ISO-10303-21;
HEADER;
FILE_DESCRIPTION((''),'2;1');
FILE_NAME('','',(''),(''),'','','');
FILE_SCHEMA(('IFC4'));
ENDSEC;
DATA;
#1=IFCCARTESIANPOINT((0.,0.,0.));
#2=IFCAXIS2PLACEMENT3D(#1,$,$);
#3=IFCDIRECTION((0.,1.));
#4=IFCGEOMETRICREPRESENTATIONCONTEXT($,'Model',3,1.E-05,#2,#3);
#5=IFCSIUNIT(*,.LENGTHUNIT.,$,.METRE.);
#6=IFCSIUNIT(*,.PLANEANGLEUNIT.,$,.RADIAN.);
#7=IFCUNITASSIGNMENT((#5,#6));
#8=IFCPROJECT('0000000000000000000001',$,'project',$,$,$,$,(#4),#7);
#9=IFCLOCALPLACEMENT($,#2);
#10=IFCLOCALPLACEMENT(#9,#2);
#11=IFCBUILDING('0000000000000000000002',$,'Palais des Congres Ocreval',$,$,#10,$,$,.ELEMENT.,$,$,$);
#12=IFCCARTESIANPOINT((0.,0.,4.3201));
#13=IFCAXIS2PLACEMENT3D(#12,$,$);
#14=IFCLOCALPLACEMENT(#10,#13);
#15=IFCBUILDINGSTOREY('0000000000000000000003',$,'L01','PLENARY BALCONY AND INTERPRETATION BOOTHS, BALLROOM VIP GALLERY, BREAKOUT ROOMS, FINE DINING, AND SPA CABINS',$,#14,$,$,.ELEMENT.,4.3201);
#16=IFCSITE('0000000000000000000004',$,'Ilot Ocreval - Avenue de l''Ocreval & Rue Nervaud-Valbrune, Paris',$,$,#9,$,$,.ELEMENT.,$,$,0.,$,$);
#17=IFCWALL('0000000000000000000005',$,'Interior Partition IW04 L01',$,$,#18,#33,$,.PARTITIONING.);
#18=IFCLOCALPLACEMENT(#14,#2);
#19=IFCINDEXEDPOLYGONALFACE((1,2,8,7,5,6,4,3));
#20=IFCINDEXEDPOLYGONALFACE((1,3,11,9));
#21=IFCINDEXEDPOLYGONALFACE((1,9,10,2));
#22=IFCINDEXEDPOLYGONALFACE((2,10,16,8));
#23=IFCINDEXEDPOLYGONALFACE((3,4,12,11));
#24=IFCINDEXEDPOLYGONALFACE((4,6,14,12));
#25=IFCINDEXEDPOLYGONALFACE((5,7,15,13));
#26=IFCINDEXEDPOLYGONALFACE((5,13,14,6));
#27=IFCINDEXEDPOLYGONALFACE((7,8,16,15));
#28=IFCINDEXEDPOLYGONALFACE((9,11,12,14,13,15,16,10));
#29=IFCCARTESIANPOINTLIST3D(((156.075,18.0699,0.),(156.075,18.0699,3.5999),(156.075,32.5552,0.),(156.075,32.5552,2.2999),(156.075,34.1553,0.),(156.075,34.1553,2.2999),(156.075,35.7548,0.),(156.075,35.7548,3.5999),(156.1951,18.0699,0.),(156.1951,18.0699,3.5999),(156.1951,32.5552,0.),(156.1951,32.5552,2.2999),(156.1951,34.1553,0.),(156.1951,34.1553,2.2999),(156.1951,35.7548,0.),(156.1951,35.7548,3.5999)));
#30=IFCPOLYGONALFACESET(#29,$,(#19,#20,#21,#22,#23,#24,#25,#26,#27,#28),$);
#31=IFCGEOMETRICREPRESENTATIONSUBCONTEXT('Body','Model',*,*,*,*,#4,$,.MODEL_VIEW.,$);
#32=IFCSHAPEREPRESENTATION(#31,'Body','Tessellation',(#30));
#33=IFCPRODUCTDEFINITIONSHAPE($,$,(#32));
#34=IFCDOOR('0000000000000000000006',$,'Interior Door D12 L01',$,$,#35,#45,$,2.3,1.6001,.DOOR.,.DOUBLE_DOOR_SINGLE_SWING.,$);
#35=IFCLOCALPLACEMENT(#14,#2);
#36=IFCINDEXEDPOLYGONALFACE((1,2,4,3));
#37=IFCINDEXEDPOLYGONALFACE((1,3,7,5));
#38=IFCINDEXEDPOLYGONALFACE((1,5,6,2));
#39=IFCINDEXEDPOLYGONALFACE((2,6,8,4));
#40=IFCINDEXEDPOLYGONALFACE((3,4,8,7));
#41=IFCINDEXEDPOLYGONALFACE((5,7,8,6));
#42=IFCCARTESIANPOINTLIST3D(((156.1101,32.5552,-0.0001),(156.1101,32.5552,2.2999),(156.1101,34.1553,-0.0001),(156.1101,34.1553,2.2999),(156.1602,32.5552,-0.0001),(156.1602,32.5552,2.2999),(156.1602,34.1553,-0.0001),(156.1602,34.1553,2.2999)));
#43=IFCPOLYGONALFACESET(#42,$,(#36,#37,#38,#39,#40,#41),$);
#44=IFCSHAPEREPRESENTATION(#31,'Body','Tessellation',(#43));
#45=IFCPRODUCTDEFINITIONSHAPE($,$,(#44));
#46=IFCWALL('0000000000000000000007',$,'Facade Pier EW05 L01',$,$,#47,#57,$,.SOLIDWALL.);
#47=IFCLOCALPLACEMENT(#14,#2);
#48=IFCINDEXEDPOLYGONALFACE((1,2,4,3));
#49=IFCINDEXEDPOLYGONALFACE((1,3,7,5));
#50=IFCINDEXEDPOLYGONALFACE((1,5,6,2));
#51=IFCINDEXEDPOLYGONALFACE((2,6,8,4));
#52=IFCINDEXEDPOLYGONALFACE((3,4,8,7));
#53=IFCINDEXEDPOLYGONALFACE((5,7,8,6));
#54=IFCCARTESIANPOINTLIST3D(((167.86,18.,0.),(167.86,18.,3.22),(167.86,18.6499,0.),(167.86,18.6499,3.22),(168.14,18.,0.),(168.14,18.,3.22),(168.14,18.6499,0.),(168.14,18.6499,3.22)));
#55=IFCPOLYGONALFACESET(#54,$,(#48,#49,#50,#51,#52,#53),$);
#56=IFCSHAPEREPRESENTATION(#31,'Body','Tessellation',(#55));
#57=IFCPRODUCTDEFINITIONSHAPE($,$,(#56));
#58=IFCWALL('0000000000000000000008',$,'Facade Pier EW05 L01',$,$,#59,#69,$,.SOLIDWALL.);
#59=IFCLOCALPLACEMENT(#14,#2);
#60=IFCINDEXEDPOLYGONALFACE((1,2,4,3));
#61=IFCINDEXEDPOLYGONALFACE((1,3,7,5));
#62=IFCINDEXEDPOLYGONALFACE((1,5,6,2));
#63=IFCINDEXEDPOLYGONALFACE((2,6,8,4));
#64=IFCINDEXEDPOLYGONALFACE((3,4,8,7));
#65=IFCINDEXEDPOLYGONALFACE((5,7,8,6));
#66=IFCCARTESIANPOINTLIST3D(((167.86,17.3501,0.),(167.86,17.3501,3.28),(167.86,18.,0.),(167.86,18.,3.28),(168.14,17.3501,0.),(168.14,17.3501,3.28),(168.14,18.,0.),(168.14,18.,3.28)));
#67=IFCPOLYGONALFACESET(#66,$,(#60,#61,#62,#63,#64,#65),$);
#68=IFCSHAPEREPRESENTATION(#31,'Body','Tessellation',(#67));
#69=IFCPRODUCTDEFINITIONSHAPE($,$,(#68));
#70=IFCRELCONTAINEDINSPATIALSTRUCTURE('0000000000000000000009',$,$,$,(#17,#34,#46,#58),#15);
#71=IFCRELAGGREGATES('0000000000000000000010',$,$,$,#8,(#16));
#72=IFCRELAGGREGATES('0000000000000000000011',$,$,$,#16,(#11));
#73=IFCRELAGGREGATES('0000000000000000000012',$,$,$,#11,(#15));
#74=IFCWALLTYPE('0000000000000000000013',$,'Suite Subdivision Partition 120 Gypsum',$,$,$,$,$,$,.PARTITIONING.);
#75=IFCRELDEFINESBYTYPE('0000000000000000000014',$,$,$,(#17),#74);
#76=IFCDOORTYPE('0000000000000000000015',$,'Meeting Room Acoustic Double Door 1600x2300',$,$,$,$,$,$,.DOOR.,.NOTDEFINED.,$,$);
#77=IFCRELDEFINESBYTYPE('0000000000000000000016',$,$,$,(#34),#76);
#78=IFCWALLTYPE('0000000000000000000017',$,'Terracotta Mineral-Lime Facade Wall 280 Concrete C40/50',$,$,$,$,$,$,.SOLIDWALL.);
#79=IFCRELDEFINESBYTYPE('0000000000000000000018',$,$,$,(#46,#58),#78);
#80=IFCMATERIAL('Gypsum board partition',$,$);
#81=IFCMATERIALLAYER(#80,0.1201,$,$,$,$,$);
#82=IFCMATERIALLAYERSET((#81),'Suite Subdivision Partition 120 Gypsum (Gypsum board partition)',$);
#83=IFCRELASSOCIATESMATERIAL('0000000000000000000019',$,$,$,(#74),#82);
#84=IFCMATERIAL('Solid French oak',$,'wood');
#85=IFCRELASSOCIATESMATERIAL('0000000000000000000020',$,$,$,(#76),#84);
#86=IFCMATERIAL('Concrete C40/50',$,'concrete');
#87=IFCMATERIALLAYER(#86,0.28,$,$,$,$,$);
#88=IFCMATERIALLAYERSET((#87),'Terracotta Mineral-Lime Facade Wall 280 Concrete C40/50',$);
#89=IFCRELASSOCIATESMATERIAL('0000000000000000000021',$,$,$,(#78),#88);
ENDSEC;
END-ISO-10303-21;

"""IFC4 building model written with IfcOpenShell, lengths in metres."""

from ifc_helpers import new_model, si_unit, direction, frame, frame_2d, origin, place, context, subcontext, project, spatial, rectangle, extrude, material, layer, layer_set, type_object, element, fill, save


model = new_model("IFC4")

# Units and contexts
model_context = context("Model", 3, precision=1e-05, world=origin(), true_north=direction((0.0, 1.0)))
body_context = subcontext(model_context, "Body", "Model", "MODEL_VIEW")
ifc_project = project(units=[si_unit("LENGTHUNIT", "METRE"), si_unit("PLANEANGLEUNIT", "RADIAN")], contexts=[model_context])

# Site, building, storey
site_placement = place(None, origin())
site = spatial("IfcSite", under=ifc_project, at=site_placement, Name="Ilot Ocreval - Avenue de l'Ocreval & Rue Nervaud-Valbrune, Paris", CompositionType="ELEMENT", RefElevation=0.0)
building_placement = place(site_placement, origin())
building = spatial("IfcBuilding", under=site, at=building_placement, Name="Palais des Congres Ocreval", CompositionType="ELEMENT")
storey_placement = place(building_placement, frame((0.0, 0.0, 4.3201)))
storey = spatial("IfcBuildingStorey", under=building, at=storey_placement, Name="L01", Description="PLENARY BALCONY AND INTERPRETATION BOOTHS, BALLROOM VIP GALLERY, BREAKOUT ROOMS, FINE DINING, AND SPA CABINS", CompositionType="ELEMENT", Elevation=4.3201)

# Wall, opening, door
ifc_material_1 = material(Name="Gypsum board partition")
ifc_layer_1 = layer(ifc_material_1, 0.1201)
ifc_layer_set_1 = layer_set([ifc_layer_1], Name="Suite Subdivision Partition 120 Gypsum (Gypsum board partition)")
wall_type_1 = type_object("IfcWallType", Name="Suite Subdivision Partition 120 Gypsum", PredefinedType="PARTITIONING", material=ifc_layer_set_1)
wall_1_placement = place(storey_placement, frame((156.135, 18.0701, 0.0), z_axis=(0.0, 0.0, 1.0), x_axis=(0.0, 1.0, 0.0)))
wall_1 = element("IfcWall", 1, at=wall_1_placement, inside=storey, type_object=wall_type_1, Name="Interior Partition IW04 L01", PredefinedType="PARTITIONING", context=body_context, shape_type="SweptSolid", body=[
    extrude(rectangle(XDim=17.6848, YDim=0.1201, at=frame_2d((8.8423, 0.0))), origin(), (0.0, 0.0, 1.0), 3.5999),
])
opening_placement = place(wall_1_placement, frame((14.4851, 0.0, 0.0)))
opening = element("IfcOpeningElement", 2, at=opening_placement, cuts=wall_1, PredefinedType="OPENING", context=body_context, shape_type="SweptSolid", body=[
    extrude(rectangle(XDim=1.6001, YDim=2.3, at=frame_2d((0.8, 1.1499))), frame((0.0, 0.0701, 0.0), z_axis=(0.0, -1.0, 0.0), x_axis=(1.0, 0.0, 0.0)), (0.0, 0.0, 1.0), 0.1401),
])
ifc_material_2 = material(Name="Solid French oak", Category="wood")
door_type = type_object("IfcDoorType", Name="Meeting Room Acoustic Double Door 1600x2300", OperationType="NOTDEFINED", PredefinedType="DOOR", material=ifc_material_2)
door_placement = place(opening_placement, origin())
door = element("IfcDoor", 3, at=door_placement, inside=storey, type_object=door_type, Name="Interior Door D12 L01", OperationType="DOUBLE_DOOR_SINGLE_SWING", OverallHeight=2.3, OverallWidth=1.6001, PredefinedType="DOOR", context=body_context, shape_type="SweptSolid", body=[
    extrude(rectangle(XDim=1.6001, YDim=2.3, at=frame_2d((0.8, 1.1499))), frame((0.0, 0.0249, 0.0), z_axis=(0.0, -1.0, 0.0), x_axis=(1.0, 0.0, 0.0)), (0.0, 0.0, 1.0), 0.05),
])
fill(opening, door)

# Walls
ifc_material_3 = material(Name="Concrete C40/50", Category="concrete")
ifc_layer_2 = layer(ifc_material_3, 0.28)
ifc_layer_set_2 = layer_set([ifc_layer_2], Name="Terracotta Mineral-Lime Facade Wall 280 Concrete C40/50")
wall_type_2 = type_object("IfcWallType", Name="Terracotta Mineral-Lime Facade Wall 280 Concrete C40/50", PredefinedType="SOLIDWALL", material=ifc_layer_set_2)
wall_2_placement = place(storey_placement, frame((168.0, 18.6499, 0.0), z_axis=(0.0, 0.0, 1.0), x_axis=(0.0, -1.0, 0.0)))
element("IfcWall", 4, at=wall_2_placement, inside=storey, type_object=wall_type_2, Name="Facade Pier EW05 L01", PredefinedType="SOLIDWALL", context=body_context, shape_type="SweptSolid", body=[
    extrude(rectangle(XDim=0.6499, YDim=0.28, at=frame_2d((0.325, 0.0))), origin(), (0.0, 0.0, 1.0), 3.22),
])
wall_3_placement = place(storey_placement, frame((168.0, 18.0, 0.0), z_axis=(0.0, 0.0, 1.0), x_axis=(0.0, -1.0, 0.0)))
element("IfcWall", 5, at=wall_3_placement, inside=storey, type_object=wall_type_2, Name="Facade Pier EW05 L01", PredefinedType="SOLIDWALL", context=body_context, shape_type="SweptSolid", body=[
    extrude(rectangle(XDim=0.6499, YDim=0.28, at=frame_2d((0.325, 0.0))), origin(), (0.0, 0.0, 1.0), 3.28),
])

save(model, "model.ifc")
